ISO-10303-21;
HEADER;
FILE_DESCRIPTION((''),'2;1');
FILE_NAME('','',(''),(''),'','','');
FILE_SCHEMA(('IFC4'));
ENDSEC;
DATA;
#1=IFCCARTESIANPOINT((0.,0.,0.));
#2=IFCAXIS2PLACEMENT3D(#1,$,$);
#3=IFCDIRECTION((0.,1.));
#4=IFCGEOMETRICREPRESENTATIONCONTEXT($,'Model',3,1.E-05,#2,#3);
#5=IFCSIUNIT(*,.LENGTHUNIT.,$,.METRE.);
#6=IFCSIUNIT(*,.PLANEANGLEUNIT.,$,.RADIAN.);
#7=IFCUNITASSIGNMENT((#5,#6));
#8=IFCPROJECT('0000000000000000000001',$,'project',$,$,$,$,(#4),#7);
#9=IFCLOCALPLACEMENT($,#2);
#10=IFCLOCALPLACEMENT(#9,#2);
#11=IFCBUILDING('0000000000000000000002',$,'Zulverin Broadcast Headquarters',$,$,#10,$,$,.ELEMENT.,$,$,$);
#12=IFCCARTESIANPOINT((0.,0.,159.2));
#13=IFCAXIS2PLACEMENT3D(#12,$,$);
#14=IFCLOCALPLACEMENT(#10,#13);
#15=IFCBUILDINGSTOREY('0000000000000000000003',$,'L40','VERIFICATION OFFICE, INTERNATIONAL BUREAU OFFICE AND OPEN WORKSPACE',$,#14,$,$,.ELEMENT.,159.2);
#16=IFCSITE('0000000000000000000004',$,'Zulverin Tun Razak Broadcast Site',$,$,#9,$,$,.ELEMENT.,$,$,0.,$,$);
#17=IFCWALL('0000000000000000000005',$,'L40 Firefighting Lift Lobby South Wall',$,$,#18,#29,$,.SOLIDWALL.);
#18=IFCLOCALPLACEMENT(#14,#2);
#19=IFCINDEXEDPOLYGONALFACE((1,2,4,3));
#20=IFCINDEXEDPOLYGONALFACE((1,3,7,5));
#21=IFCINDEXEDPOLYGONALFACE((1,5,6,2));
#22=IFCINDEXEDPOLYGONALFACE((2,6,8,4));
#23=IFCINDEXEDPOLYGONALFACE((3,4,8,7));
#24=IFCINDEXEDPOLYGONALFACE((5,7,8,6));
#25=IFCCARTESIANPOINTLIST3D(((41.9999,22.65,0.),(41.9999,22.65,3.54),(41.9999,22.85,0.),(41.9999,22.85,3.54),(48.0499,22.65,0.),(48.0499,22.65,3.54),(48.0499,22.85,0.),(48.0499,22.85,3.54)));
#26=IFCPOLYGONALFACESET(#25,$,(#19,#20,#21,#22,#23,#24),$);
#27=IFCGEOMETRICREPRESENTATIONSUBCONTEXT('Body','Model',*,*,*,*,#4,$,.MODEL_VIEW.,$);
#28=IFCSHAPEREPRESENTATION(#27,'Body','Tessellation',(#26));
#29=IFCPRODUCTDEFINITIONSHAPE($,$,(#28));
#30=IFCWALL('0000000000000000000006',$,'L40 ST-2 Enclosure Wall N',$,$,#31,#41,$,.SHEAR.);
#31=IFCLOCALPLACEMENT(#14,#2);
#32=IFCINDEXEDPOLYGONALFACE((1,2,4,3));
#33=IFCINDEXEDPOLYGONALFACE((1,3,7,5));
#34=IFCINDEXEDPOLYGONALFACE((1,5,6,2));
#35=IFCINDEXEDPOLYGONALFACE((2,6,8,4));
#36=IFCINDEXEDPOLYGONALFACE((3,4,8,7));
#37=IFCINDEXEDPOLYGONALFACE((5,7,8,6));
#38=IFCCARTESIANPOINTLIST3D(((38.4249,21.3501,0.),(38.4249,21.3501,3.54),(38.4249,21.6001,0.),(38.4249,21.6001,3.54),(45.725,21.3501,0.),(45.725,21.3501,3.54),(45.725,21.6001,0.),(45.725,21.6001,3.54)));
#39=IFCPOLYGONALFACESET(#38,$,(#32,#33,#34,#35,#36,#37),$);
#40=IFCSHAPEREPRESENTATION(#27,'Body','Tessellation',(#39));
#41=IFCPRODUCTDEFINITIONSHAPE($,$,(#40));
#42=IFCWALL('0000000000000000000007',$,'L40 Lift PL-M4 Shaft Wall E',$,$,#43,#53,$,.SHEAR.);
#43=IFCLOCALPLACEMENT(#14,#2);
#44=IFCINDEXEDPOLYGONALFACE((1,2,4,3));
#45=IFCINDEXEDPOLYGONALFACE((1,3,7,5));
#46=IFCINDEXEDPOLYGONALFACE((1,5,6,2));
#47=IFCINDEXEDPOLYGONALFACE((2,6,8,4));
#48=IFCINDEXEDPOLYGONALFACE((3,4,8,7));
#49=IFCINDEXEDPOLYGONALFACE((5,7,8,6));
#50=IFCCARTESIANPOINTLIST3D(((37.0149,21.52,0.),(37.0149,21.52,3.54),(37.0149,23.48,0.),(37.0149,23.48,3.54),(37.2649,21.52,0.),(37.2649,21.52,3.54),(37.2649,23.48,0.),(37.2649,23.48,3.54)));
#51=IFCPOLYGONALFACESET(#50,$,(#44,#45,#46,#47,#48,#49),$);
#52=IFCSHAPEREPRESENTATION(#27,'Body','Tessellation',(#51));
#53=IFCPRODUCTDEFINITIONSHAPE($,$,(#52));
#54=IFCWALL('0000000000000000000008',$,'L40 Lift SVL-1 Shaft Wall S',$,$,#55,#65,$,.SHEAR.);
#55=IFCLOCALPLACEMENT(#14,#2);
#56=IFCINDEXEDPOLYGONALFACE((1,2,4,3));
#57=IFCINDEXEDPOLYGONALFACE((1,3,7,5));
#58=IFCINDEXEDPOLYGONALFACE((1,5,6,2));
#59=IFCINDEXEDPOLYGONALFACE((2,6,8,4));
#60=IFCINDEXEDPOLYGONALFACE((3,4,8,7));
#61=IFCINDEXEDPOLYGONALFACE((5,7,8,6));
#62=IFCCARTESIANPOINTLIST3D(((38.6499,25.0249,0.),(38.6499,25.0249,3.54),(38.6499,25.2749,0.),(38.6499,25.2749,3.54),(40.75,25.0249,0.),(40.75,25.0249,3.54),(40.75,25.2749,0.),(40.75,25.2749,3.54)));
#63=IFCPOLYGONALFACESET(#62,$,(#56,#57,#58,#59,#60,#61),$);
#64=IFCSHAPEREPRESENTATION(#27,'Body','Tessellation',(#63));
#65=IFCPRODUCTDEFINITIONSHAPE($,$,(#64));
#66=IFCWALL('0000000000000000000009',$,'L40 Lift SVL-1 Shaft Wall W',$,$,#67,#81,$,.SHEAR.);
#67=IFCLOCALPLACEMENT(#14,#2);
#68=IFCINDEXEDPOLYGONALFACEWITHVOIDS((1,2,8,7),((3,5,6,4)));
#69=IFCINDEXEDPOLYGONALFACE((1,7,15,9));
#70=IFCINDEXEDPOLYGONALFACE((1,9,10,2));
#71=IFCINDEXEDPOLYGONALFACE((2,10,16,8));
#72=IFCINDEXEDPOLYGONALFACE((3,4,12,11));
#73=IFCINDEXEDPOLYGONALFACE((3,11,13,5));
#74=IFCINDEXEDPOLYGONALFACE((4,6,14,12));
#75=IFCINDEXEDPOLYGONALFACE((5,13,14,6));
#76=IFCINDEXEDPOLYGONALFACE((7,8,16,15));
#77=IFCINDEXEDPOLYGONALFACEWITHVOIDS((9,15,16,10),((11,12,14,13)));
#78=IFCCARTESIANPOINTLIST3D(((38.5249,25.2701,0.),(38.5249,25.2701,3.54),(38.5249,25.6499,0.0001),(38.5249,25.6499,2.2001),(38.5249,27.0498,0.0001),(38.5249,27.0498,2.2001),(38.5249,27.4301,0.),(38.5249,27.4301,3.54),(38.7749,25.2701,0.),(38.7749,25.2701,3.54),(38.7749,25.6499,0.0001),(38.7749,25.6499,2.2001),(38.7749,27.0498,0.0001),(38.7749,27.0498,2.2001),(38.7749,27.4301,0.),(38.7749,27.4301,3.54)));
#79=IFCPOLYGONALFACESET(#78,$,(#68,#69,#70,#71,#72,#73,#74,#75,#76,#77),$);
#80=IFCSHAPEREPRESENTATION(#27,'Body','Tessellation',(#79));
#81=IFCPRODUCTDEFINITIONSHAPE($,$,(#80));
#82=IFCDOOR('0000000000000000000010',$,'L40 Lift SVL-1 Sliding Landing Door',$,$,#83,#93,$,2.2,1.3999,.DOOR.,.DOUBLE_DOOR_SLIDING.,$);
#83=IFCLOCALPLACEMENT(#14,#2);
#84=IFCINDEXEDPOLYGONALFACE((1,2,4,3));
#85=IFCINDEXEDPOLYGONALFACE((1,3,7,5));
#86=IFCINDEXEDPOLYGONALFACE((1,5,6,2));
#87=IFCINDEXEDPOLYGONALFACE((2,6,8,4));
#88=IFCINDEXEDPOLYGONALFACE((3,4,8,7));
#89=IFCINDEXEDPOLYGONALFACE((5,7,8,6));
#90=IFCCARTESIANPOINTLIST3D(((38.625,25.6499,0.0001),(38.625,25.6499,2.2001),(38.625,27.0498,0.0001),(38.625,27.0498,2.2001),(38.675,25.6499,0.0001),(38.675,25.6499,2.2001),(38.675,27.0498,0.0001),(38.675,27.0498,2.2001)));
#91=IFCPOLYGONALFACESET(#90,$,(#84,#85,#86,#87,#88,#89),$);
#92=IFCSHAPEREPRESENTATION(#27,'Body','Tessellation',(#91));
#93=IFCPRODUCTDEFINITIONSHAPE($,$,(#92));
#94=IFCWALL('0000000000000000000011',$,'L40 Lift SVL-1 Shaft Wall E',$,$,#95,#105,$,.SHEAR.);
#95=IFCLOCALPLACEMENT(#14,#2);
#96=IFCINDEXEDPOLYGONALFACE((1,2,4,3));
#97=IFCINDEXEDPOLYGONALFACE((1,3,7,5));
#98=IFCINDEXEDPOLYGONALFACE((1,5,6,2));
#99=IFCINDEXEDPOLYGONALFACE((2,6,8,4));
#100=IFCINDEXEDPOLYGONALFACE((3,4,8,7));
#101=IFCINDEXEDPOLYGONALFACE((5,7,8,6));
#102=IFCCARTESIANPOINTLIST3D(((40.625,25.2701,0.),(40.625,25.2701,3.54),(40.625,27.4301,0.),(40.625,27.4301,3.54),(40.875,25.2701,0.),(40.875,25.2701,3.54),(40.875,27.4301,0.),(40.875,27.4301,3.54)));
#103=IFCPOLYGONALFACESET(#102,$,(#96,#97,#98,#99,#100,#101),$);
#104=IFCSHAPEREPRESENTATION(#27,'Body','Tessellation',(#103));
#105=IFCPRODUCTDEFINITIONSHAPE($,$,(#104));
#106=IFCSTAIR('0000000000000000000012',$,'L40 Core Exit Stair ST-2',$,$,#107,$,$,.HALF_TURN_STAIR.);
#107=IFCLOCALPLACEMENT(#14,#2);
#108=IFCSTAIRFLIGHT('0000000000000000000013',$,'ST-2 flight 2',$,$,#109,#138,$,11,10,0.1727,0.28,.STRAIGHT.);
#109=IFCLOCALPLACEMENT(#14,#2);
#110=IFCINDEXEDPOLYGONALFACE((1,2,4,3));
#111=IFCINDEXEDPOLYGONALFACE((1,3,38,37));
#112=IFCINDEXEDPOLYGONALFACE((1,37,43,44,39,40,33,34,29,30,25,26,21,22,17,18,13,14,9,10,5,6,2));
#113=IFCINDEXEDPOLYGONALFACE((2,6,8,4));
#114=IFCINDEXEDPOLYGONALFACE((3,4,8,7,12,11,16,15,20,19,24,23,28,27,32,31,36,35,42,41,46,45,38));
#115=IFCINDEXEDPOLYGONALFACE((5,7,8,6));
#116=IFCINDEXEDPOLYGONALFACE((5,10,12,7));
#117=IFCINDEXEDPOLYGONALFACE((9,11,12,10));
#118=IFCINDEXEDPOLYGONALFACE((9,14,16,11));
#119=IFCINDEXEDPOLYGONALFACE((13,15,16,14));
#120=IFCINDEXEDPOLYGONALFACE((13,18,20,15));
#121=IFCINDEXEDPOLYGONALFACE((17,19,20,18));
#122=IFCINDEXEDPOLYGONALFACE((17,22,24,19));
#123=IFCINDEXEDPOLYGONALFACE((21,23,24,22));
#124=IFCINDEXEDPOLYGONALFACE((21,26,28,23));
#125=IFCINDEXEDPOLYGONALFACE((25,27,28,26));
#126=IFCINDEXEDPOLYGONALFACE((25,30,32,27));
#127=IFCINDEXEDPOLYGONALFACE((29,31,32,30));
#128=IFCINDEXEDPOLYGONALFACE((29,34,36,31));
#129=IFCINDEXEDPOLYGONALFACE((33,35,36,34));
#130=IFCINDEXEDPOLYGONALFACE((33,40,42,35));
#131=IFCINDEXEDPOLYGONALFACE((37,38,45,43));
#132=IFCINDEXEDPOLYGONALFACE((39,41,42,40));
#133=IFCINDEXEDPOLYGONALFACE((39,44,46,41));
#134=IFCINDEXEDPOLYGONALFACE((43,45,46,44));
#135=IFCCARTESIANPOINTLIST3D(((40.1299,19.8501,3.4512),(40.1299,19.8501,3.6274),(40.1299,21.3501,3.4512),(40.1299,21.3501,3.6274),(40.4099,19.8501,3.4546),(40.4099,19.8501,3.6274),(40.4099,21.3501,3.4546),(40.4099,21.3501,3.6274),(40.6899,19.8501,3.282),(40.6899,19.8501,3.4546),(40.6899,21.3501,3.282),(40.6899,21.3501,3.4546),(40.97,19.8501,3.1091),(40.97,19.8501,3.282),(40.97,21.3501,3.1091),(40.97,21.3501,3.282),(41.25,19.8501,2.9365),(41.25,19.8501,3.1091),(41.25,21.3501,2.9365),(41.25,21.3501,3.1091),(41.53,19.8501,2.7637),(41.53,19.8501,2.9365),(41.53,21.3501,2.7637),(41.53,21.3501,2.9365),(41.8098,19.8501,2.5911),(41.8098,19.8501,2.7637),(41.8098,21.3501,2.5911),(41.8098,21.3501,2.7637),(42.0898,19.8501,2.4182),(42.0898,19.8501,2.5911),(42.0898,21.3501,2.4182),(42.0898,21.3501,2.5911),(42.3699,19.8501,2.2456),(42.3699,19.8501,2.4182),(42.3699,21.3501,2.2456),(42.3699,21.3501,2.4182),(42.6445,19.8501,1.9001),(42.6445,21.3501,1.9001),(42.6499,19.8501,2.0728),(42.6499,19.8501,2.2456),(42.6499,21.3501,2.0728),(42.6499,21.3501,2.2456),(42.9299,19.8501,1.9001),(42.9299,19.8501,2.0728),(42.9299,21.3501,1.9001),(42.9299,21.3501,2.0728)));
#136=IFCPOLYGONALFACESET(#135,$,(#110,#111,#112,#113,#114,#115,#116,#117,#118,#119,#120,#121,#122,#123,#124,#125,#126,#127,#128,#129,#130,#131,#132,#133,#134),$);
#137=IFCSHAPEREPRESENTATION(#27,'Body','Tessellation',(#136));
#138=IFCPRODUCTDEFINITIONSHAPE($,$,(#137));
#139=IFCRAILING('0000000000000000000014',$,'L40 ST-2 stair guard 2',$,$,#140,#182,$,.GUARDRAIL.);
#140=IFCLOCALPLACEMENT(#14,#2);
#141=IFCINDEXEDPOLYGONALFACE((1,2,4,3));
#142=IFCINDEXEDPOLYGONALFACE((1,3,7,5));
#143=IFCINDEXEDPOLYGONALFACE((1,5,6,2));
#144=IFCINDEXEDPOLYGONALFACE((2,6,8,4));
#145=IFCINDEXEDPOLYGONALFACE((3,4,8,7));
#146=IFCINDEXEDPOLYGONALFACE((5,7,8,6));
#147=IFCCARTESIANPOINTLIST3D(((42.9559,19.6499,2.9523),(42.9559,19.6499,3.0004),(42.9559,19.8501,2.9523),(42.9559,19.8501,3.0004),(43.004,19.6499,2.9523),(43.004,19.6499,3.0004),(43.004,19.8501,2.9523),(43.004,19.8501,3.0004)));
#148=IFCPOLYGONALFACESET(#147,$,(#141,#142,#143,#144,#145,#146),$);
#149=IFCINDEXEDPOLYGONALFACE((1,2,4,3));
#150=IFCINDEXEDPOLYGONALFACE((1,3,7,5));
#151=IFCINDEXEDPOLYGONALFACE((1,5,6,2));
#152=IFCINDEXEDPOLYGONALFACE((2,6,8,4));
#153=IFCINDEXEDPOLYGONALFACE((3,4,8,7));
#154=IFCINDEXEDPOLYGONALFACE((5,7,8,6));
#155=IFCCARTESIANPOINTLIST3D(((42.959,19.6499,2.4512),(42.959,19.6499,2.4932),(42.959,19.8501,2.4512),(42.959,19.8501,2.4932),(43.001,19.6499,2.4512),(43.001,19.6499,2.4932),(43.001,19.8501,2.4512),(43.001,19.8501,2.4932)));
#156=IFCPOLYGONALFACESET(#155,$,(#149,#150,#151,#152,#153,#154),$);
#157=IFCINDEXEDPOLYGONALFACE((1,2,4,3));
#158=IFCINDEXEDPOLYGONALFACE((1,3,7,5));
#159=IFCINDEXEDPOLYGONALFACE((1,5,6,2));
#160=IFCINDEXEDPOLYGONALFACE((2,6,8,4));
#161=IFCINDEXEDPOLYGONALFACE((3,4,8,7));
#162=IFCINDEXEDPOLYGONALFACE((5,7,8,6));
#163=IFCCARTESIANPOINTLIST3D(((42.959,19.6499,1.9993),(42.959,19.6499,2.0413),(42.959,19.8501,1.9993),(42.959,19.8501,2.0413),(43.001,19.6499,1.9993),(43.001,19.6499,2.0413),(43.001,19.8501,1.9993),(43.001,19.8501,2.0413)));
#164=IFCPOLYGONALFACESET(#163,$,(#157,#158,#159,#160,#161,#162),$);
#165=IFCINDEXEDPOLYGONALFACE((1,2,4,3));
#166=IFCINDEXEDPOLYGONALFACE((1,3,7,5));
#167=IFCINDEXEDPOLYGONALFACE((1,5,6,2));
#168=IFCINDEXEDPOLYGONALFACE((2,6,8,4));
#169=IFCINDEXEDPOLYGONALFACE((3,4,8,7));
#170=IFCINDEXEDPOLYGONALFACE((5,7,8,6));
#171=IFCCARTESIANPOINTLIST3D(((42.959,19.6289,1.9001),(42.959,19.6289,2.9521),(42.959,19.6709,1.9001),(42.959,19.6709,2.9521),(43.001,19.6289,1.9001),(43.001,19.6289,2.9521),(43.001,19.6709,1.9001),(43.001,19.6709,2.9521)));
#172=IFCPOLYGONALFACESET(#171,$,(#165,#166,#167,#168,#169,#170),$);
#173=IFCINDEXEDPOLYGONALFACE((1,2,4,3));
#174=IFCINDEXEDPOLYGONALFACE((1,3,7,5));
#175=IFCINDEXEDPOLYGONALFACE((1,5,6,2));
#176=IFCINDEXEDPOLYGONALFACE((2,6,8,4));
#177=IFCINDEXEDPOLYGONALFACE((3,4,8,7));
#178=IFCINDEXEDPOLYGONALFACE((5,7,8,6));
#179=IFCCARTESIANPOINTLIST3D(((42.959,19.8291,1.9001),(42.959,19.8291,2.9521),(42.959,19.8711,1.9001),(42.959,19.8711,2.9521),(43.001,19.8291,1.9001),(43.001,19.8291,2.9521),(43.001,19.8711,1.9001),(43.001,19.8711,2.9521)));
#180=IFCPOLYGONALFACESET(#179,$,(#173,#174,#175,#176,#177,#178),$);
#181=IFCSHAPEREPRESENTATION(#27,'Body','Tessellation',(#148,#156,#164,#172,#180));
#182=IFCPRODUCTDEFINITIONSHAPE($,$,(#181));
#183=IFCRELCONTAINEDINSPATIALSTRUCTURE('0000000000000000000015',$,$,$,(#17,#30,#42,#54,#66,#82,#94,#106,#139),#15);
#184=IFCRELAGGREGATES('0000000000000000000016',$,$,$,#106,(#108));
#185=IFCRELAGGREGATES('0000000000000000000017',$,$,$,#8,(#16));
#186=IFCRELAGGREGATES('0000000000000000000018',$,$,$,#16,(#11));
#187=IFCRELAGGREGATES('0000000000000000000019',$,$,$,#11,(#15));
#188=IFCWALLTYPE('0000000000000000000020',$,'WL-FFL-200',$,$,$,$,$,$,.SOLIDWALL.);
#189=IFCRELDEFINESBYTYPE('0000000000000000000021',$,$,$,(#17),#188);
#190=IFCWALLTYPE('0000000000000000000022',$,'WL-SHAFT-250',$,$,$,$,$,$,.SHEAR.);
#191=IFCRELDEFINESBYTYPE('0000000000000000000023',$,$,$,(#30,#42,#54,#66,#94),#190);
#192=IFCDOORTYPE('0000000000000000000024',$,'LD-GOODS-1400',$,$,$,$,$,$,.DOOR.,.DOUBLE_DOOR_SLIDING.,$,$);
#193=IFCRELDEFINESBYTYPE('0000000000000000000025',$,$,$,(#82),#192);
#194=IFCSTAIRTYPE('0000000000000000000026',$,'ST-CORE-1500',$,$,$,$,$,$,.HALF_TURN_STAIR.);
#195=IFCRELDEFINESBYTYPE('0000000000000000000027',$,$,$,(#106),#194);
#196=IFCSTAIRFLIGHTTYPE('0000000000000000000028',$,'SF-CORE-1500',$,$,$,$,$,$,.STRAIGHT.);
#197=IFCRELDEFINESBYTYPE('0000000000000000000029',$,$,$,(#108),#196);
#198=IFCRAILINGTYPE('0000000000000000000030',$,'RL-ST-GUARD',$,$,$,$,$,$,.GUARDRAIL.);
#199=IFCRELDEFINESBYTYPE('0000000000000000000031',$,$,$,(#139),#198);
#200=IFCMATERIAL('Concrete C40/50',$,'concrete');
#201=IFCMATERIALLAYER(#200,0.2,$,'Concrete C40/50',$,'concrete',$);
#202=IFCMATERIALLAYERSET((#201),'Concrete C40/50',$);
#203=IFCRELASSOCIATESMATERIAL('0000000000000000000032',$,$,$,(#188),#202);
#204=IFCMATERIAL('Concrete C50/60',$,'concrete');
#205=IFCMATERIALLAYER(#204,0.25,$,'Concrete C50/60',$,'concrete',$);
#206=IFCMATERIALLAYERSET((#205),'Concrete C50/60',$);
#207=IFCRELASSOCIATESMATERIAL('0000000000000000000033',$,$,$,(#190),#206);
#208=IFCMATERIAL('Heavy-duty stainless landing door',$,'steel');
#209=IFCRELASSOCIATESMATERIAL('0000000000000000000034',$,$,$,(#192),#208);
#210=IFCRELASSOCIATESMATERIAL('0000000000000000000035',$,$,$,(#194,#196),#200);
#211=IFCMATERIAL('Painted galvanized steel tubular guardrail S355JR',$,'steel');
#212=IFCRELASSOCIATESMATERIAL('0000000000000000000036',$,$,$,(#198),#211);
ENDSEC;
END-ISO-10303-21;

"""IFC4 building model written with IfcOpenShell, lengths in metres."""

from ifc_helpers import new_model, si_unit, direction, frame, frame_2d, origin, origin_2d, place, context, subcontext, project, spatial, polyline, rectangle, outline, extrude, material, layer, layer_set, type_object, element, fill, aggregate, save


model = new_model("IFC4")

# Units and contexts
model_context = context("Model", 3, precision=1e-05, world=origin(), true_north=direction((0.0, 1.0)))
body_context = subcontext(model_context, "Body", "Model", "MODEL_VIEW")
ifc_project = project(units=[si_unit("LENGTHUNIT", "METRE"), si_unit("PLANEANGLEUNIT", "RADIAN")], contexts=[model_context])

# Site, building, storey
site_placement = place(None, origin())
site = spatial("IfcSite", under=ifc_project, at=site_placement, Name="Zulverin Tun Razak Broadcast Site", CompositionType="ELEMENT", RefElevation=0.0)
building_placement = place(site_placement, origin())
building = spatial("IfcBuilding", under=site, at=building_placement, Name="Zulverin Broadcast Headquarters", CompositionType="ELEMENT")
storey_placement = place(building_placement, frame((0.0, 0.0, 159.2)))
storey = spatial("IfcBuildingStorey", under=building, at=storey_placement, Name="L40", Description="VERIFICATION OFFICE, INTERNATIONAL BUREAU OFFICE AND OPEN WORKSPACE", CompositionType="ELEMENT", Elevation=159.2)

# Shared definitions
ifc_material_1 = material(Name="Concrete C40/50", Category="concrete")
ifc_layer_1 = layer(ifc_material_1, 0.2, Name="Concrete C40/50", Category="concrete")
ifc_layer_set_1 = layer_set([ifc_layer_1], Name="Concrete C40/50")
wall_type_1 = type_object("IfcWallType", Name="WL-FFL-200", PredefinedType="SOLIDWALL", material=ifc_layer_set_1)

# Wall
wall_1_placement = place(storey_placement, frame((42.0, 22.75, 0.0), z_axis=(0.0, 0.0, 1.0), x_axis=(1.0, 0.0, 0.0)))
element("IfcWall", 1, at=wall_1_placement, inside=storey, type_object=wall_type_1, Name="L40 Firefighting Lift Lobby South Wall", PredefinedType="SOLIDWALL", context=body_context, shape_type="SweptSolid", body=[
    extrude(rectangle(XDim=6.05, YDim=0.2, at=frame_2d((3.0249, 0.0))), origin(), (0.0, 0.0, 1.0), 3.54),
])

# Wall
ifc_material_2 = material(Name="Concrete C50/60", Category="concrete")
ifc_layer_2 = layer(ifc_material_2, 0.25, Name="Concrete C50/60", Category="concrete")
ifc_layer_set_2 = layer_set([ifc_layer_2], Name="Concrete C50/60")
wall_type_2 = type_object("IfcWallType", Name="WL-SHAFT-250", PredefinedType="SHEAR", material=ifc_layer_set_2)
wall_2_placement = place(storey_placement, frame((38.425, 21.4751, 0.0), z_axis=(0.0, 0.0, 1.0), x_axis=(1.0, 0.0, 0.0)))
element("IfcWall", 2, at=wall_2_placement, inside=storey, type_object=wall_type_2, Name="L40 ST-2 Enclosure Wall N", PredefinedType="SHEAR", context=body_context, shape_type="SweptSolid", body=[
    extrude(rectangle(XDim=7.3, YDim=0.25, at=frame_2d((3.6499, 0.0))), origin(), (0.0, 0.0, 1.0), 3.54),
])

# Wall
wall_3_placement = place(storey_placement, frame((37.1399, 21.52, 0.0), z_axis=(0.0, 0.0, 1.0), x_axis=(0.0, 1.0, 0.0)))
element("IfcWall", 3, at=wall_3_placement, inside=storey, type_object=wall_type_2, Name="L40 Lift PL-M4 Shaft Wall E", PredefinedType="SHEAR", context=body_context, shape_type="SweptSolid", body=[
    extrude(rectangle(XDim=1.96, YDim=0.25, at=frame_2d((0.98, 0.0))), origin(), (0.0, 0.0, 1.0), 3.54),
])

# Wall
wall_4_placement = place(storey_placement, frame((38.6499, 25.1499, 0.0), z_axis=(0.0, 0.0, 1.0), x_axis=(1.0, 0.0, 0.0)))
element("IfcWall", 4, at=wall_4_placement, inside=storey, type_object=wall_type_2, Name="L40 Lift SVL-1 Shaft Wall S", PredefinedType="SHEAR", context=body_context, shape_type="SweptSolid", body=[
    extrude(rectangle(XDim=2.1001, YDim=0.25, at=frame_2d((1.05, 0.0))), origin(), (0.0, 0.0, 1.0), 3.54),
])

# Wall, opening, door
wall_5_placement = place(storey_placement, frame((38.6499, 25.27, 0.0), z_axis=(0.0, 0.0, 1.0), x_axis=(0.0, 1.0, 0.0)))
wall_5 = element("IfcWall", 5, at=wall_5_placement, inside=storey, type_object=wall_type_2, Name="L40 Lift SVL-1 Shaft Wall W", PredefinedType="SHEAR", context=body_context, shape_type="SweptSolid", body=[
    extrude(rectangle(XDim=2.1599, YDim=0.25, at=frame_2d((1.0801, 0.0))), origin(), (0.0, 0.0, 1.0), 3.54),
])
opening_1_placement = place(wall_5_placement, frame((0.3799, 0.0, 0.0)))
opening_1 = element("IfcOpeningElement", 6, at=opening_1_placement, cuts=wall_5, PredefinedType="OPENING", context=body_context, shape_type="SweptSolid", body=[
    extrude(rectangle(XDim=1.3999, YDim=2.2, at=frame_2d((0.7, 1.1001))), frame((0.0, 0.135, 0.0), z_axis=(0.0, -1.0, 0.0), x_axis=(1.0, 0.0, 0.0)), (0.0, 0.0, 1.0), 0.27),
])
ifc_material_3 = material(Name="Heavy-duty stainless landing door", Category="steel")
door_type_1 = type_object("IfcDoorType", Name="LD-GOODS-1400", OperationType="DOUBLE_DOOR_SLIDING", PredefinedType="DOOR", material=ifc_material_3)
door_1_placement = place(opening_1_placement, origin())
door_1 = element("IfcDoor", 7, at=door_1_placement, inside=storey, type_object=door_type_1, Name="L40 Lift SVL-1 Sliding Landing Door", OperationType="DOUBLE_DOOR_SLIDING", OverallHeight=2.2, OverallWidth=1.3999, PredefinedType="DOOR", context=body_context, shape_type="SweptSolid", body=[
    extrude(rectangle(XDim=1.3999, YDim=2.2, at=frame_2d((0.7, 1.1001))), frame((0.0, 0.0249, 0.0), z_axis=(0.0, -1.0, 0.0), x_axis=(1.0, 0.0, 0.0)), (0.0, 0.0, 1.0), 0.05),
])
fill(opening_1, door_1)

# Wall
wall_6_placement = place(storey_placement, frame((40.75, 25.27, 0.0), z_axis=(0.0, 0.0, 1.0), x_axis=(0.0, 1.0, 0.0)))
element("IfcWall", 8, at=wall_6_placement, inside=storey, type_object=wall_type_2, Name="L40 Lift SVL-1 Shaft Wall E", PredefinedType="SHEAR", context=body_context, shape_type="SweptSolid", body=[
    extrude(rectangle(XDim=2.1599, YDim=0.25, at=frame_2d((1.0801, 0.0))), origin(), (0.0, 0.0, 1.0), 3.54),
])

# Stair, stair flight
stair_type = type_object("IfcStairType", Name="ST-CORE-1500", PredefinedType="HALF_TURN_STAIR", material=ifc_material_1)
stair_placement = place(storey_placement, origin())
stair = element("IfcStair", 9, at=stair_placement, inside=storey, type_object=stair_type, Name="L40 Core Exit Stair ST-2", PredefinedType="HALF_TURN_STAIR")
stair_flight_type = type_object("IfcStairFlightType", Name="SF-CORE-1500", PredefinedType="STRAIGHT", material=ifc_material_1)
stair_flight_placement = place(storey_placement, frame((42.9299, 20.6001, 1.9001), z_axis=(0.0, 0.0, 1.0), x_axis=(-1.0, 0.0, 0.0)))
stair_flight = element("IfcStairFlight", 10, at=stair_flight_placement, type_object=stair_flight_type, Name="ST-2 flight 2", NumberOfRisers=11, NumberOfTreads=10, PredefinedType="STRAIGHT", RiserHeight=0.1727, TreadLength=0.28, context=body_context, shape_type="SweptSolid", body=[
    extrude(outline(polyline([(0.0, 0.0), (0.0, 0.1726), (0.28, 0.1726), (0.28, 0.3455), (0.5601, 0.3455), (0.5601, 0.5181), (0.8401, 0.5181), (0.8401, 0.6909), (1.1201, 0.6909), (1.1201, 0.8635), (1.3999, 0.8635), (1.3999, 1.0364), (1.6799, 1.0364), (1.6799, 1.209), (1.96, 1.209), (1.96, 1.3818), (2.24, 1.3818), (2.24, 1.5544), (2.52, 1.5544), (2.52, 1.7273), (2.8, 1.7273), (2.8, 1.8999), (2.8, 1.551), (0.2854, 0.0), (0.0, 0.0)])), frame((0.0, 0.75, 0.0), z_axis=(0.0, -1.0, 0.0), x_axis=(1.0, 0.0, 0.0)), (0.0, 0.0, 1.0), 1.5),
])
aggregate(stair, [stair_flight])

# Railing
ifc_material_4 = material(Name="Painted galvanized steel tubular guardrail S355JR", Category="steel")
railing_type_1 = type_object("IfcRailingType", Name="RL-ST-GUARD", PredefinedType="GUARDRAIL", material=ifc_material_4)
railing_1_placement = place(storey_placement, frame((42.98, 19.6499, 1.9001)))
element("IfcRailing", 11, at=railing_1_placement, inside=storey, type_object=railing_type_1, Name="L40 ST-2 stair guard 2", PredefinedType="GUARDRAIL", context=body_context, shape_type="SweptSolid", body=[
    extrude(rectangle(XDim=0.0481, YDim=0.0481, at=origin_2d()), frame((0.0, 0.0, 1.0762), z_axis=(0.0, 1.0, 0.0), x_axis=(-1.0, 0.0, 0.0)), (0.0, 0.0, 1.0), 0.2002),
    extrude(rectangle(XDim=0.042, YDim=0.042, at=origin_2d()), frame((0.0, 0.0, 0.572), z_axis=(0.0, 1.0, 0.0), x_axis=(-1.0, 0.0, 0.0)), (0.0, 0.0, 1.0), 0.2002),
    extrude(rectangle(XDim=0.042, YDim=0.042, at=origin_2d()), frame((0.0, 0.0, 0.1201), z_axis=(0.0, 1.0, 0.0), x_axis=(-1.0, 0.0, 0.0)), (0.0, 0.0, 1.0), 0.2002),
    extrude(rectangle(XDim=0.042, YDim=0.042, at=origin_2d()), origin(), (0.0, 0.0, 1.0), 1.052),
    extrude(rectangle(XDim=0.042, YDim=0.042, at=origin_2d()), frame((0.0, 0.2002, 0.0)), (0.0, 0.0, 1.0), 1.052),
])

save(model, "model.ifc")
